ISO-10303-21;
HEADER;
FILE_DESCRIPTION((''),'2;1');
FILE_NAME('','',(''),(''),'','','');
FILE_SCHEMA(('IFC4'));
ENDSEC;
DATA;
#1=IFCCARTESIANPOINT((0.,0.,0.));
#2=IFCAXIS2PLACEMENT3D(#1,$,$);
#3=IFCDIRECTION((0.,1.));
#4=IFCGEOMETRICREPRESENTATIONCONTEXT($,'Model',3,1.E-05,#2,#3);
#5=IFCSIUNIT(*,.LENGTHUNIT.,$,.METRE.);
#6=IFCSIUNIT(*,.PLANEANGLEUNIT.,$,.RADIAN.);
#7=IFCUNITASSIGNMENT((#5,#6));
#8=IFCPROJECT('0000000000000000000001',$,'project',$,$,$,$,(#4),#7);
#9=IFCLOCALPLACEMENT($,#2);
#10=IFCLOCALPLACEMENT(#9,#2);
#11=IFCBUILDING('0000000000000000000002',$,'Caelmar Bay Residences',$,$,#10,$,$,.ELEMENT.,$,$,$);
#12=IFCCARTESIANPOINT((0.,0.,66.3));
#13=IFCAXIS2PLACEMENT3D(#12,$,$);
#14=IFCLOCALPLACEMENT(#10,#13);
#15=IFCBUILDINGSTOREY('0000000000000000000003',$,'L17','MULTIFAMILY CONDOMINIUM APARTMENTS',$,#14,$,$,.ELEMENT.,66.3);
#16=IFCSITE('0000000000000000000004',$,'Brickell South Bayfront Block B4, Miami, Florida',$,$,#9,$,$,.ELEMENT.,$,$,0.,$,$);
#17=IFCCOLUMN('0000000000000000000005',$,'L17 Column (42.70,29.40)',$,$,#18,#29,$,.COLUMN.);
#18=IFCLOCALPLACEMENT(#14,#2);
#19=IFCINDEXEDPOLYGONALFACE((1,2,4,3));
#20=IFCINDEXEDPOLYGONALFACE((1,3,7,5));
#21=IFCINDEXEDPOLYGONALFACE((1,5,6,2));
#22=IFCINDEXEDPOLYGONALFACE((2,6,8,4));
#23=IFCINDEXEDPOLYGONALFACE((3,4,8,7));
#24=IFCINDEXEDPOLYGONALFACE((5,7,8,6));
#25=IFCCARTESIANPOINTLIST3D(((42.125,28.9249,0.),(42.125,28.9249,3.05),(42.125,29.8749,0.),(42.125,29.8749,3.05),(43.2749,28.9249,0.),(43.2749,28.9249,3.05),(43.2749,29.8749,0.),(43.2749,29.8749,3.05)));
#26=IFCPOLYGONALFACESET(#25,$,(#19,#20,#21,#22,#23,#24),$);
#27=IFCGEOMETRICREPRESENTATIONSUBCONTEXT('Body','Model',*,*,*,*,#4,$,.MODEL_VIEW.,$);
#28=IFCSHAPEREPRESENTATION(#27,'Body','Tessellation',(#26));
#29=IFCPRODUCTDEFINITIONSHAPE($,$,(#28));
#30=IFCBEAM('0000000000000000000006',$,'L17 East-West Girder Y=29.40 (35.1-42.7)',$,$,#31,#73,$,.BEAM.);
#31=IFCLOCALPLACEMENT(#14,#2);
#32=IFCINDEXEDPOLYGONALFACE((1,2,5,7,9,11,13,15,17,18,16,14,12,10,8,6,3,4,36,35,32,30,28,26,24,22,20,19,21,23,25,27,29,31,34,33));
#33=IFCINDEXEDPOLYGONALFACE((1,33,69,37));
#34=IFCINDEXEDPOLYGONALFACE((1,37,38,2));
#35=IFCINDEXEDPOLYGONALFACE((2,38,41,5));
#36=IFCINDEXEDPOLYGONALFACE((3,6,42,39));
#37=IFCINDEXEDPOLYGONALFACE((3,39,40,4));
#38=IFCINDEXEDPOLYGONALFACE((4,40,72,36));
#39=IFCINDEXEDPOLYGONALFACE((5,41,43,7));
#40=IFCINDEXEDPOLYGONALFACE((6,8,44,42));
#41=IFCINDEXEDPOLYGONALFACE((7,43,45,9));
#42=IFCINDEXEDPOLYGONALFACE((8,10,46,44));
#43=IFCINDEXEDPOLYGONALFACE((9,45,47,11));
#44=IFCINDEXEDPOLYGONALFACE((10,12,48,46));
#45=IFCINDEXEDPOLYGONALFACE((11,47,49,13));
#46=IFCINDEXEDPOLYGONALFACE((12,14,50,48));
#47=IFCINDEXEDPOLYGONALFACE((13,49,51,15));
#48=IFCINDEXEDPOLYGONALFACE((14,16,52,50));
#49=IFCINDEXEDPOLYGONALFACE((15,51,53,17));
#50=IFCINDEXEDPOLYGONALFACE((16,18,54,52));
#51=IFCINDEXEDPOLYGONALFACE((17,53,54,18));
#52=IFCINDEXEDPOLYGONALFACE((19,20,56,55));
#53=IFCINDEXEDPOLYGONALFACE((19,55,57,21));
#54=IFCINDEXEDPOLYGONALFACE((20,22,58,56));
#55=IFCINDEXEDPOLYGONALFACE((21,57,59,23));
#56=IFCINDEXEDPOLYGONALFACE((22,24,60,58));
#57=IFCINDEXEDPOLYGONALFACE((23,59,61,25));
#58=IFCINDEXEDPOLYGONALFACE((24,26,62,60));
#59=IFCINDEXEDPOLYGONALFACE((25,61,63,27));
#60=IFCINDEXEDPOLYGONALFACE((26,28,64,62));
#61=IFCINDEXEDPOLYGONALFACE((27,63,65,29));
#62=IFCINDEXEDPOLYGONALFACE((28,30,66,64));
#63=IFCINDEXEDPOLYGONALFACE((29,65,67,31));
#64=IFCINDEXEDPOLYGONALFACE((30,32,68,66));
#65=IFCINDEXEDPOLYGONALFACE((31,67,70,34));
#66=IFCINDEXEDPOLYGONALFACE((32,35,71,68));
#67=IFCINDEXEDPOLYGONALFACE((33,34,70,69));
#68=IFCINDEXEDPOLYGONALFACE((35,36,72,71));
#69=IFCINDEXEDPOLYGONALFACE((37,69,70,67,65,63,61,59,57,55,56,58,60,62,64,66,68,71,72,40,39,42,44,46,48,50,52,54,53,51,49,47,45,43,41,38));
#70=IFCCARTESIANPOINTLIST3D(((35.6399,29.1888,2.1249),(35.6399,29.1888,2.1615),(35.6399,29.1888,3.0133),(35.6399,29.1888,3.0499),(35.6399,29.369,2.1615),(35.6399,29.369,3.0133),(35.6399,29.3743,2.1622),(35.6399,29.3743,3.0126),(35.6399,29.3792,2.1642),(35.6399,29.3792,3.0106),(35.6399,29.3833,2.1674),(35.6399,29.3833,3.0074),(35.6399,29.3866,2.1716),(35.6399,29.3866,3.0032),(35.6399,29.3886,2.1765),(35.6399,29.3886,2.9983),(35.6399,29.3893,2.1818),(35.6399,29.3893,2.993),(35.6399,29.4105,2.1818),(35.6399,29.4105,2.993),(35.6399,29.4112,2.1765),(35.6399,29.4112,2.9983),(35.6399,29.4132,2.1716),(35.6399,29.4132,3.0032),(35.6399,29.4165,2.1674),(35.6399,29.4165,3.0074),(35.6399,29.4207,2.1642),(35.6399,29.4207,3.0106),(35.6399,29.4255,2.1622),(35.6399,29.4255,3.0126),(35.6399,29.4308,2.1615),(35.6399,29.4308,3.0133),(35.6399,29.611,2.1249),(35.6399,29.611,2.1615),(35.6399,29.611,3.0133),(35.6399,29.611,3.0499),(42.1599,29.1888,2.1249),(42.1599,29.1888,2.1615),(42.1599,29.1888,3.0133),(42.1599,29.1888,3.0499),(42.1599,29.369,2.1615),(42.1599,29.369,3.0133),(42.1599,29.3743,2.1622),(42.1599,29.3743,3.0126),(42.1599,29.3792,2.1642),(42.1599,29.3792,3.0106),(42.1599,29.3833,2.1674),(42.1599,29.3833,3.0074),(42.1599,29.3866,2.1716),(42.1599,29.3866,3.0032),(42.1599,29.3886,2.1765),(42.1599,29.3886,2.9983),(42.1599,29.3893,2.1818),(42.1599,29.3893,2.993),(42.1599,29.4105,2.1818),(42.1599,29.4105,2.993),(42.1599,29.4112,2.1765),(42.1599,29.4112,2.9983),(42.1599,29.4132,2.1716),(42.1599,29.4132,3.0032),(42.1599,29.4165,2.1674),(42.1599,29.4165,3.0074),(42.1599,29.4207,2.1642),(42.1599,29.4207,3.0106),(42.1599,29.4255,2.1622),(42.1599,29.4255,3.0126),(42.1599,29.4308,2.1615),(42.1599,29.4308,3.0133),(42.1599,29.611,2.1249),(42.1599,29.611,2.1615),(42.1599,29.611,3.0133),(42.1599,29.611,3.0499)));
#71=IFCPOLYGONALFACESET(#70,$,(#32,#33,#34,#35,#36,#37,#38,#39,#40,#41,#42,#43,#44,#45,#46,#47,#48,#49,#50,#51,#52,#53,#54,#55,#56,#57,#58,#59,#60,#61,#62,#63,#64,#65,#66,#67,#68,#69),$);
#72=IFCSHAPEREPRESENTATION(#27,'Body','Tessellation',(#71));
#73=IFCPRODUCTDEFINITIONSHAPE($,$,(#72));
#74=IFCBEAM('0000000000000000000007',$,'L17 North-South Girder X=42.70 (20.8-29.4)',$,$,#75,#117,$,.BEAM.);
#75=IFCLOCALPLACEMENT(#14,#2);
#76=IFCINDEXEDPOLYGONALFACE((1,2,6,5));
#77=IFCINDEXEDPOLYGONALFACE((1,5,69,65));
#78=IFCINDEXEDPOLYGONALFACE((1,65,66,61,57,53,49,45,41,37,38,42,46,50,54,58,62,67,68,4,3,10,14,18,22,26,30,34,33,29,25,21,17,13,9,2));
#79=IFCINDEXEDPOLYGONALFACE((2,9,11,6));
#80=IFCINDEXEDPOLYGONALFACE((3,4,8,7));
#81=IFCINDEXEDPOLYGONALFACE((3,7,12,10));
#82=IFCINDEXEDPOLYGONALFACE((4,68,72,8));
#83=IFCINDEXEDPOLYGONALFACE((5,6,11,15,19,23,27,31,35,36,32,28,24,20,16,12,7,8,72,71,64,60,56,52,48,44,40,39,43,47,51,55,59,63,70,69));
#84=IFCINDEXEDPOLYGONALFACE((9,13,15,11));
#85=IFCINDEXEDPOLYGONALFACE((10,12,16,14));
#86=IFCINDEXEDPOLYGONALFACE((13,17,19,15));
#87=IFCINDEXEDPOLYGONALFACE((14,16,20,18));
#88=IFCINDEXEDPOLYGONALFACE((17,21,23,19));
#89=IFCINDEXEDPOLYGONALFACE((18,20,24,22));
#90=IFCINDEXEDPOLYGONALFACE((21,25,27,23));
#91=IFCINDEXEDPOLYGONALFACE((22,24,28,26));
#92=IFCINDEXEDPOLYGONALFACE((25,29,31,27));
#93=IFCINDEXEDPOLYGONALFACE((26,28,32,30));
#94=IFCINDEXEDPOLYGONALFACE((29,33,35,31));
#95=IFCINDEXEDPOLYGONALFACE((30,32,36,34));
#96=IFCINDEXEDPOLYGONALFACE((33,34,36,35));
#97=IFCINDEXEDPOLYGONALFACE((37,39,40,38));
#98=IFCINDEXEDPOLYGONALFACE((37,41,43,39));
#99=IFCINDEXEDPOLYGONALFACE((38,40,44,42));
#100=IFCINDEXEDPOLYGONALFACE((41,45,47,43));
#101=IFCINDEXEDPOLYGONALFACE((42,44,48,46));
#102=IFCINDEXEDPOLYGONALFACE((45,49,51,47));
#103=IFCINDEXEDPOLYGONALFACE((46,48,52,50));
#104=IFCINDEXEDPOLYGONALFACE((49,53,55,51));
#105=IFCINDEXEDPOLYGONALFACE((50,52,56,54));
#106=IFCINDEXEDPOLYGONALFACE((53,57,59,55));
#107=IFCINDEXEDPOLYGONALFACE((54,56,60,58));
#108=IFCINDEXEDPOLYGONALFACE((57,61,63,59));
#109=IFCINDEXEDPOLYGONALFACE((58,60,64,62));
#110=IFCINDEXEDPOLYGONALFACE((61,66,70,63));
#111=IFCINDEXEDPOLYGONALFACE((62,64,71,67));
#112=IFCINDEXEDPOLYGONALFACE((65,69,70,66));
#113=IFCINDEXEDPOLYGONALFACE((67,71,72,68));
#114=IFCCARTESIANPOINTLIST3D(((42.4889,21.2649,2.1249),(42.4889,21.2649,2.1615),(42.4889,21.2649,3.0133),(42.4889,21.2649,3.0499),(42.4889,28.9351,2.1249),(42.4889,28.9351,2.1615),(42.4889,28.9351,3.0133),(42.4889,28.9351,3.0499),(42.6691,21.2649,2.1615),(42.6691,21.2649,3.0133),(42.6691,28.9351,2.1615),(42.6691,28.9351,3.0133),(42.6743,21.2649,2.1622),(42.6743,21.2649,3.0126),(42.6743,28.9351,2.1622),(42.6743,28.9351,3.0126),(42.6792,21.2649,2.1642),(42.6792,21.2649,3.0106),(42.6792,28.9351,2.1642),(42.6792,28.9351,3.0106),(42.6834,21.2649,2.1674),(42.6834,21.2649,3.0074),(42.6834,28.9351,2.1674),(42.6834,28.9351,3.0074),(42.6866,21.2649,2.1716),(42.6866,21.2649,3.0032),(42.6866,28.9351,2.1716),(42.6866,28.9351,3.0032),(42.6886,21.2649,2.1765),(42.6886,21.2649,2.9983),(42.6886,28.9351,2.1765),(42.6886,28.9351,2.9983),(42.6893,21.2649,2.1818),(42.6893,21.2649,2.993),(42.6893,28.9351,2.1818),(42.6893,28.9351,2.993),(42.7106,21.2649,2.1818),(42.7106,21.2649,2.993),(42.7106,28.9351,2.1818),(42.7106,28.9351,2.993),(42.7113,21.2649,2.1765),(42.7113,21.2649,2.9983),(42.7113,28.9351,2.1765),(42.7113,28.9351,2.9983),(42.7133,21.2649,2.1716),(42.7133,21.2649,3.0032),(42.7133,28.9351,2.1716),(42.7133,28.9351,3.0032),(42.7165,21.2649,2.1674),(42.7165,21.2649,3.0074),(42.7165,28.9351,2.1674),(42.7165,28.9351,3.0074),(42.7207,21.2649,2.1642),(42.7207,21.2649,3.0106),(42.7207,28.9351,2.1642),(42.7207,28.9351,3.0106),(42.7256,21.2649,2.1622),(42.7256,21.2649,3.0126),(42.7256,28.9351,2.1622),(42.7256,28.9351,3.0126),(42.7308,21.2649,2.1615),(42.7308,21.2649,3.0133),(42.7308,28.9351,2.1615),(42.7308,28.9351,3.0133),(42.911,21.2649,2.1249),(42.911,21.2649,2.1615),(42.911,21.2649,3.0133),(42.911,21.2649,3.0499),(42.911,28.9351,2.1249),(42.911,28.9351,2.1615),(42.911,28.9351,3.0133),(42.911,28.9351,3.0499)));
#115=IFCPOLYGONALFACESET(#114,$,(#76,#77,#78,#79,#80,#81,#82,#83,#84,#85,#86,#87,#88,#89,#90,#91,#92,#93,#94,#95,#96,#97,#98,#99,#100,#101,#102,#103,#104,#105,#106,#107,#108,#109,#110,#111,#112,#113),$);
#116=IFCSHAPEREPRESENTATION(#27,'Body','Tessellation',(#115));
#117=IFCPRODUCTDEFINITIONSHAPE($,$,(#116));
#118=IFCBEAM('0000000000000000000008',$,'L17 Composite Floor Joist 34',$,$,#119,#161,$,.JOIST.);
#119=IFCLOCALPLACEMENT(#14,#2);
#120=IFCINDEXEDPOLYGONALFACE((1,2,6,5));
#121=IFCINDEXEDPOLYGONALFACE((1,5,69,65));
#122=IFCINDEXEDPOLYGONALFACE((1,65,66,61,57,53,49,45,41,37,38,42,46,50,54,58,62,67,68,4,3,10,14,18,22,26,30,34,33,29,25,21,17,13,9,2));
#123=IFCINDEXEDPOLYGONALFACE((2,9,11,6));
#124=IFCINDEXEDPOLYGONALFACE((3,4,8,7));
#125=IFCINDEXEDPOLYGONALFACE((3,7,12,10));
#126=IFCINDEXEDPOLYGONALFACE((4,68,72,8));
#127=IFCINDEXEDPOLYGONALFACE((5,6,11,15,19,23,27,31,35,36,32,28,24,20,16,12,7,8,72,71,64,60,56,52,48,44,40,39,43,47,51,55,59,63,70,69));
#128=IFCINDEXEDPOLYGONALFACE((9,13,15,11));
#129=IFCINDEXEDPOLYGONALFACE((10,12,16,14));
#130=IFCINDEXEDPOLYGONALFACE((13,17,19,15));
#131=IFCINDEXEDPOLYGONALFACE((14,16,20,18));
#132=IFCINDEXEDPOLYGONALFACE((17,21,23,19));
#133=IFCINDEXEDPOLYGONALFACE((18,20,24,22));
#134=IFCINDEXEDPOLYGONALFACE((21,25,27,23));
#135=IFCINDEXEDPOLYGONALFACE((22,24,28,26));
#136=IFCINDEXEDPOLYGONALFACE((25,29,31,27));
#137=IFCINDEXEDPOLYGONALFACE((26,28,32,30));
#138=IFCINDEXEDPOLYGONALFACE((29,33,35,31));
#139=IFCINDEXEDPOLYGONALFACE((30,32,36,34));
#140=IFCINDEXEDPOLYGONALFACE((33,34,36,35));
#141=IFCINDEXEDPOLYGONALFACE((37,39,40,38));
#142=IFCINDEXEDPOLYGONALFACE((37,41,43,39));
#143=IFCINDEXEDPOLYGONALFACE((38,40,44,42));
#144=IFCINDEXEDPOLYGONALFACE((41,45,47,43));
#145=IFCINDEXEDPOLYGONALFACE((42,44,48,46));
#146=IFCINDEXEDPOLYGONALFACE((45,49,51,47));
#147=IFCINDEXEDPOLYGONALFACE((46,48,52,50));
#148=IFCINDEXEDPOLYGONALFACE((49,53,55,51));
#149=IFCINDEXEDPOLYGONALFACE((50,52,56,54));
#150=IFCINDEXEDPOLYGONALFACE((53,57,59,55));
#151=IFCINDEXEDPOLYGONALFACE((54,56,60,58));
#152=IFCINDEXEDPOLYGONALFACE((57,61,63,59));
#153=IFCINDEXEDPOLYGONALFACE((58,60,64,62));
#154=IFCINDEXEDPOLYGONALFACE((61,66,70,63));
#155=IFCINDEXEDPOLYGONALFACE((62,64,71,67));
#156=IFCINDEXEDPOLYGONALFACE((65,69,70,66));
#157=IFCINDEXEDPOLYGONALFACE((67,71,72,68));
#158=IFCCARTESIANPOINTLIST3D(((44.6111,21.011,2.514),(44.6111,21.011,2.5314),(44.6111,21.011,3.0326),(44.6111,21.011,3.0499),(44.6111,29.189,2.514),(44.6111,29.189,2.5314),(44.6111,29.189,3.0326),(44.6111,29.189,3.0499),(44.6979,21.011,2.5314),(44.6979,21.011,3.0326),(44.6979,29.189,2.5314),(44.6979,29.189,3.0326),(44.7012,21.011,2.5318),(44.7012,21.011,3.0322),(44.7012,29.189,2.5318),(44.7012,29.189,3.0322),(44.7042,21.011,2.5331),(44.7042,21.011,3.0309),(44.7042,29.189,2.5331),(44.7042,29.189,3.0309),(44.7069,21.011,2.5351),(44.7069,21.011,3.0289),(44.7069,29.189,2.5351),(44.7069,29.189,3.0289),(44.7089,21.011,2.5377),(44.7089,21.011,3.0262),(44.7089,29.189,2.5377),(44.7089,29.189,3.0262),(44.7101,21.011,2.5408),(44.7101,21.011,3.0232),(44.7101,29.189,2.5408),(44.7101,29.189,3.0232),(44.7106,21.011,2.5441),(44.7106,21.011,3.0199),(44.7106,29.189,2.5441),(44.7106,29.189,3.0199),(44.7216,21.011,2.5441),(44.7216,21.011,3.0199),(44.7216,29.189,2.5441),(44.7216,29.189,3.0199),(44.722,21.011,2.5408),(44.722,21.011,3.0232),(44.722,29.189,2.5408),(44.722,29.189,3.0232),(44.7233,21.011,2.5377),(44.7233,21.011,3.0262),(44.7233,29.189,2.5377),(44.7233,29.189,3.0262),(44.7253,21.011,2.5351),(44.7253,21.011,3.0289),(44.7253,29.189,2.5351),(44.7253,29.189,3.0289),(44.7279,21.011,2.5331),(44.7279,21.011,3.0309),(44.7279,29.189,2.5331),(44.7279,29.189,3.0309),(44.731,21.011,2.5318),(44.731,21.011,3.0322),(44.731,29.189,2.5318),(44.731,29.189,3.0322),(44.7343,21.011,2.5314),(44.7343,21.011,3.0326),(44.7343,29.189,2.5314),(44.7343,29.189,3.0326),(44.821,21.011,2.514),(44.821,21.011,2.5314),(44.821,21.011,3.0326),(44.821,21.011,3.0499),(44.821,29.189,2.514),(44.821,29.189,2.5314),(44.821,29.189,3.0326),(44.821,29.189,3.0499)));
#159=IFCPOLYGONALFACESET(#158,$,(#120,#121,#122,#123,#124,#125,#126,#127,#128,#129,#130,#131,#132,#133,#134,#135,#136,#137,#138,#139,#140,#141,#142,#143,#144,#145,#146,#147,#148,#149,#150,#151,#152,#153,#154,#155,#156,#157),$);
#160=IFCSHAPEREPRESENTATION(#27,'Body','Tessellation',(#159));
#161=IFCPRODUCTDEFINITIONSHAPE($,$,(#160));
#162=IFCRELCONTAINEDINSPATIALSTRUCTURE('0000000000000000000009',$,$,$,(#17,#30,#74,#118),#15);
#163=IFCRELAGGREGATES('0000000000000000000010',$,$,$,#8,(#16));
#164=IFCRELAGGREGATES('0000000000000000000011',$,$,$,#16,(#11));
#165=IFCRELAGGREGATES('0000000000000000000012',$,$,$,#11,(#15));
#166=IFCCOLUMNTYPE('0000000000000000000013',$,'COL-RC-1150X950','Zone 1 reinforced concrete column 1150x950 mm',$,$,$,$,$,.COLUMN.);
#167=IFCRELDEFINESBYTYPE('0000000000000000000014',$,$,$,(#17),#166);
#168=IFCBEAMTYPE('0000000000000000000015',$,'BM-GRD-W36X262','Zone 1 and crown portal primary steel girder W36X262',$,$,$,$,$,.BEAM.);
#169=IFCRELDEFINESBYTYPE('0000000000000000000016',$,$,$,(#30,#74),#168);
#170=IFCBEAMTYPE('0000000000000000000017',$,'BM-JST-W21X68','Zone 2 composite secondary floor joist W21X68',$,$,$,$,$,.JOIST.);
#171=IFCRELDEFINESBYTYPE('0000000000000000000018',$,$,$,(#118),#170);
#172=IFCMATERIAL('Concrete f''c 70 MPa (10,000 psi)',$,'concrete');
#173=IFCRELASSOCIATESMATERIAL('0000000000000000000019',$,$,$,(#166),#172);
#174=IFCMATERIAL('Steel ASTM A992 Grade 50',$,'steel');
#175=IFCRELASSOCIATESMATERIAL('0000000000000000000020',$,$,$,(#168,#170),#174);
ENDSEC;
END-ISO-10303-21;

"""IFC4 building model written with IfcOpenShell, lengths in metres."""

from ifc_helpers import new_model, si_unit, direction, frame, origin, origin_2d, place, context, subcontext, project, spatial, rectangle, i_section, extrude, material, material_profile, profile_set, type_object, element, save


model = new_model("IFC4")

# Units and contexts
model_context = context("Model", 3, precision=1e-05, world=origin(), true_north=direction((0.0, 1.0)))
body_context = subcontext(model_context, "Body", "Model", "MODEL_VIEW")
ifc_project = project(units=[si_unit("LENGTHUNIT", "METRE"), si_unit("PLANEANGLEUNIT", "RADIAN")], contexts=[model_context])

# Site, building, storey
site_placement = place(None, origin())
site = spatial("IfcSite", under=ifc_project, at=site_placement, Name="Brickell South Bayfront Block B4, Miami, Florida", CompositionType="ELEMENT", RefElevation=0.0)
building_placement = place(site_placement, origin())
building = spatial("IfcBuilding", under=site, at=building_placement, Name="Caelmar Bay Residences", CompositionType="ELEMENT")
storey_placement = place(building_placement, frame((0.0, 0.0, 66.3)))
storey = spatial("IfcBuildingStorey", under=building, at=storey_placement, Name="L17", Description="MULTIFAMILY CONDOMINIUM APARTMENTS", CompositionType="ELEMENT", Elevation=66.3)

# Column
ifc_material_1 = material(Name="Concrete f'c 70 MPa (10,000 psi)", Category="concrete")
ifc_material_profile_1 = material_profile(ifc_material_1, rectangle(XDim=1.1499, YDim=0.95, at=origin_2d()), Name="RC-COL-1150X950")
ifc_profile_set_1 = profile_set([ifc_material_profile_1], Name="Concrete f'c 70 MPa (10,000 psi)")
column_type = type_object("IfcColumnType", Name="COL-RC-1150X950", Description="Zone 1 reinforced concrete column 1150x950 mm", PredefinedType="COLUMN", material=ifc_profile_set_1)
column_placement = place(storey_placement, frame((42.7, 29.3999, 0.0), z_axis=(0.0, 0.0, 1.0), x_axis=(1.0, 0.0, 0.0)))
element("IfcColumn", 1, at=column_placement, inside=storey, type_object=column_type, Name="L17 Column (42.70,29.40)", PredefinedType="COLUMN", context=body_context, shape_type="SweptSolid", body=[
    extrude(rectangle(XDim=1.1499, YDim=0.95, at=origin_2d()), origin(), (0.0, 0.0, 1.0), 3.05),
])

# Beams
ifc_material_2 = material(Name="Steel ASTM A992 Grade 50", Category="steel")
ifc_material_profile_2 = material_profile(ifc_material_2, i_section(OverallWidth=0.4221, OverallDepth=0.925, WebThickness=0.0212, FlangeThickness=0.0366, FilletRadius=0.0203, at=origin_2d()), Name="W36X262")
ifc_profile_set_2 = profile_set([ifc_material_profile_2], Name="Steel ASTM A992 Grade 50")
beam_type_1 = type_object("IfcBeamType", Name="BM-GRD-W36X262", Description="Zone 1 and crown portal primary steel girder W36X262", PredefinedType="BEAM", material=ifc_profile_set_2)
beam_1_placement = place(storey_placement, frame((35.6399, 29.3999, 2.5874), z_axis=(1.0, 0.0, 0.0), x_axis=(0.0, 1.0, 0.0)))
element("IfcBeam", 2, at=beam_1_placement, inside=storey, type_object=beam_type_1, Name="L17 East-West Girder Y=29.40 (35.1-42.7)", PredefinedType="BEAM", context=body_context, shape_type="SweptSolid", body=[
    extrude(i_section(OverallWidth=0.4221, OverallDepth=0.925, WebThickness=0.0212, FlangeThickness=0.0366, FilletRadius=0.0203, at=origin_2d()), origin(), (0.0, 0.0, 1.0), 6.52),
])
beam_2_placement = place(storey_placement, frame((42.7, 21.2649, 2.5874), z_axis=(0.0, 1.0, 0.0), x_axis=(-1.0, 0.0, 0.0)))
element("IfcBeam", 3, at=beam_2_placement, inside=storey, type_object=beam_type_1, Name="L17 North-South Girder X=42.70 (20.8-29.4)", PredefinedType="BEAM", context=body_context, shape_type="SweptSolid", body=[
    extrude(i_section(OverallWidth=0.4221, OverallDepth=0.925, WebThickness=0.0212, FlangeThickness=0.0366, FilletRadius=0.0203, at=origin_2d()), origin(), (0.0, 0.0, 1.0), 7.6702),
])
ifc_material_profile_3 = material_profile(ifc_material_2, i_section(OverallWidth=0.21, OverallDepth=0.5359, WebThickness=0.011, FlangeThickness=0.0173, FilletRadius=0.0127, at=origin_2d()), Name="W21X68")
ifc_profile_set_3 = profile_set([ifc_material_profile_3], Name="Steel ASTM A992 Grade 50")
beam_type_2 = type_object("IfcBeamType", Name="BM-JST-W21X68", Description="Zone 2 composite secondary floor joist W21X68", PredefinedType="JOIST", material=ifc_profile_set_3)
beam_3_placement = place(storey_placement, frame((44.7161, 21.011, 2.782), z_axis=(0.0, 1.0, 0.0), x_axis=(-1.0, 0.0, 0.0)))
element("IfcBeam", 4, at=beam_3_placement, inside=storey, type_object=beam_type_2, Name="L17 Composite Floor Joist 34", PredefinedType="JOIST", context=body_context, shape_type="SweptSolid", body=[
    extrude(i_section(OverallWidth=0.21, OverallDepth=0.5359, WebThickness=0.011, FlangeThickness=0.0173, FilletRadius=0.0127, at=origin_2d()), origin(), (0.0, 0.0, 1.0), 8.178),
])

save(model, "model.ifc")
